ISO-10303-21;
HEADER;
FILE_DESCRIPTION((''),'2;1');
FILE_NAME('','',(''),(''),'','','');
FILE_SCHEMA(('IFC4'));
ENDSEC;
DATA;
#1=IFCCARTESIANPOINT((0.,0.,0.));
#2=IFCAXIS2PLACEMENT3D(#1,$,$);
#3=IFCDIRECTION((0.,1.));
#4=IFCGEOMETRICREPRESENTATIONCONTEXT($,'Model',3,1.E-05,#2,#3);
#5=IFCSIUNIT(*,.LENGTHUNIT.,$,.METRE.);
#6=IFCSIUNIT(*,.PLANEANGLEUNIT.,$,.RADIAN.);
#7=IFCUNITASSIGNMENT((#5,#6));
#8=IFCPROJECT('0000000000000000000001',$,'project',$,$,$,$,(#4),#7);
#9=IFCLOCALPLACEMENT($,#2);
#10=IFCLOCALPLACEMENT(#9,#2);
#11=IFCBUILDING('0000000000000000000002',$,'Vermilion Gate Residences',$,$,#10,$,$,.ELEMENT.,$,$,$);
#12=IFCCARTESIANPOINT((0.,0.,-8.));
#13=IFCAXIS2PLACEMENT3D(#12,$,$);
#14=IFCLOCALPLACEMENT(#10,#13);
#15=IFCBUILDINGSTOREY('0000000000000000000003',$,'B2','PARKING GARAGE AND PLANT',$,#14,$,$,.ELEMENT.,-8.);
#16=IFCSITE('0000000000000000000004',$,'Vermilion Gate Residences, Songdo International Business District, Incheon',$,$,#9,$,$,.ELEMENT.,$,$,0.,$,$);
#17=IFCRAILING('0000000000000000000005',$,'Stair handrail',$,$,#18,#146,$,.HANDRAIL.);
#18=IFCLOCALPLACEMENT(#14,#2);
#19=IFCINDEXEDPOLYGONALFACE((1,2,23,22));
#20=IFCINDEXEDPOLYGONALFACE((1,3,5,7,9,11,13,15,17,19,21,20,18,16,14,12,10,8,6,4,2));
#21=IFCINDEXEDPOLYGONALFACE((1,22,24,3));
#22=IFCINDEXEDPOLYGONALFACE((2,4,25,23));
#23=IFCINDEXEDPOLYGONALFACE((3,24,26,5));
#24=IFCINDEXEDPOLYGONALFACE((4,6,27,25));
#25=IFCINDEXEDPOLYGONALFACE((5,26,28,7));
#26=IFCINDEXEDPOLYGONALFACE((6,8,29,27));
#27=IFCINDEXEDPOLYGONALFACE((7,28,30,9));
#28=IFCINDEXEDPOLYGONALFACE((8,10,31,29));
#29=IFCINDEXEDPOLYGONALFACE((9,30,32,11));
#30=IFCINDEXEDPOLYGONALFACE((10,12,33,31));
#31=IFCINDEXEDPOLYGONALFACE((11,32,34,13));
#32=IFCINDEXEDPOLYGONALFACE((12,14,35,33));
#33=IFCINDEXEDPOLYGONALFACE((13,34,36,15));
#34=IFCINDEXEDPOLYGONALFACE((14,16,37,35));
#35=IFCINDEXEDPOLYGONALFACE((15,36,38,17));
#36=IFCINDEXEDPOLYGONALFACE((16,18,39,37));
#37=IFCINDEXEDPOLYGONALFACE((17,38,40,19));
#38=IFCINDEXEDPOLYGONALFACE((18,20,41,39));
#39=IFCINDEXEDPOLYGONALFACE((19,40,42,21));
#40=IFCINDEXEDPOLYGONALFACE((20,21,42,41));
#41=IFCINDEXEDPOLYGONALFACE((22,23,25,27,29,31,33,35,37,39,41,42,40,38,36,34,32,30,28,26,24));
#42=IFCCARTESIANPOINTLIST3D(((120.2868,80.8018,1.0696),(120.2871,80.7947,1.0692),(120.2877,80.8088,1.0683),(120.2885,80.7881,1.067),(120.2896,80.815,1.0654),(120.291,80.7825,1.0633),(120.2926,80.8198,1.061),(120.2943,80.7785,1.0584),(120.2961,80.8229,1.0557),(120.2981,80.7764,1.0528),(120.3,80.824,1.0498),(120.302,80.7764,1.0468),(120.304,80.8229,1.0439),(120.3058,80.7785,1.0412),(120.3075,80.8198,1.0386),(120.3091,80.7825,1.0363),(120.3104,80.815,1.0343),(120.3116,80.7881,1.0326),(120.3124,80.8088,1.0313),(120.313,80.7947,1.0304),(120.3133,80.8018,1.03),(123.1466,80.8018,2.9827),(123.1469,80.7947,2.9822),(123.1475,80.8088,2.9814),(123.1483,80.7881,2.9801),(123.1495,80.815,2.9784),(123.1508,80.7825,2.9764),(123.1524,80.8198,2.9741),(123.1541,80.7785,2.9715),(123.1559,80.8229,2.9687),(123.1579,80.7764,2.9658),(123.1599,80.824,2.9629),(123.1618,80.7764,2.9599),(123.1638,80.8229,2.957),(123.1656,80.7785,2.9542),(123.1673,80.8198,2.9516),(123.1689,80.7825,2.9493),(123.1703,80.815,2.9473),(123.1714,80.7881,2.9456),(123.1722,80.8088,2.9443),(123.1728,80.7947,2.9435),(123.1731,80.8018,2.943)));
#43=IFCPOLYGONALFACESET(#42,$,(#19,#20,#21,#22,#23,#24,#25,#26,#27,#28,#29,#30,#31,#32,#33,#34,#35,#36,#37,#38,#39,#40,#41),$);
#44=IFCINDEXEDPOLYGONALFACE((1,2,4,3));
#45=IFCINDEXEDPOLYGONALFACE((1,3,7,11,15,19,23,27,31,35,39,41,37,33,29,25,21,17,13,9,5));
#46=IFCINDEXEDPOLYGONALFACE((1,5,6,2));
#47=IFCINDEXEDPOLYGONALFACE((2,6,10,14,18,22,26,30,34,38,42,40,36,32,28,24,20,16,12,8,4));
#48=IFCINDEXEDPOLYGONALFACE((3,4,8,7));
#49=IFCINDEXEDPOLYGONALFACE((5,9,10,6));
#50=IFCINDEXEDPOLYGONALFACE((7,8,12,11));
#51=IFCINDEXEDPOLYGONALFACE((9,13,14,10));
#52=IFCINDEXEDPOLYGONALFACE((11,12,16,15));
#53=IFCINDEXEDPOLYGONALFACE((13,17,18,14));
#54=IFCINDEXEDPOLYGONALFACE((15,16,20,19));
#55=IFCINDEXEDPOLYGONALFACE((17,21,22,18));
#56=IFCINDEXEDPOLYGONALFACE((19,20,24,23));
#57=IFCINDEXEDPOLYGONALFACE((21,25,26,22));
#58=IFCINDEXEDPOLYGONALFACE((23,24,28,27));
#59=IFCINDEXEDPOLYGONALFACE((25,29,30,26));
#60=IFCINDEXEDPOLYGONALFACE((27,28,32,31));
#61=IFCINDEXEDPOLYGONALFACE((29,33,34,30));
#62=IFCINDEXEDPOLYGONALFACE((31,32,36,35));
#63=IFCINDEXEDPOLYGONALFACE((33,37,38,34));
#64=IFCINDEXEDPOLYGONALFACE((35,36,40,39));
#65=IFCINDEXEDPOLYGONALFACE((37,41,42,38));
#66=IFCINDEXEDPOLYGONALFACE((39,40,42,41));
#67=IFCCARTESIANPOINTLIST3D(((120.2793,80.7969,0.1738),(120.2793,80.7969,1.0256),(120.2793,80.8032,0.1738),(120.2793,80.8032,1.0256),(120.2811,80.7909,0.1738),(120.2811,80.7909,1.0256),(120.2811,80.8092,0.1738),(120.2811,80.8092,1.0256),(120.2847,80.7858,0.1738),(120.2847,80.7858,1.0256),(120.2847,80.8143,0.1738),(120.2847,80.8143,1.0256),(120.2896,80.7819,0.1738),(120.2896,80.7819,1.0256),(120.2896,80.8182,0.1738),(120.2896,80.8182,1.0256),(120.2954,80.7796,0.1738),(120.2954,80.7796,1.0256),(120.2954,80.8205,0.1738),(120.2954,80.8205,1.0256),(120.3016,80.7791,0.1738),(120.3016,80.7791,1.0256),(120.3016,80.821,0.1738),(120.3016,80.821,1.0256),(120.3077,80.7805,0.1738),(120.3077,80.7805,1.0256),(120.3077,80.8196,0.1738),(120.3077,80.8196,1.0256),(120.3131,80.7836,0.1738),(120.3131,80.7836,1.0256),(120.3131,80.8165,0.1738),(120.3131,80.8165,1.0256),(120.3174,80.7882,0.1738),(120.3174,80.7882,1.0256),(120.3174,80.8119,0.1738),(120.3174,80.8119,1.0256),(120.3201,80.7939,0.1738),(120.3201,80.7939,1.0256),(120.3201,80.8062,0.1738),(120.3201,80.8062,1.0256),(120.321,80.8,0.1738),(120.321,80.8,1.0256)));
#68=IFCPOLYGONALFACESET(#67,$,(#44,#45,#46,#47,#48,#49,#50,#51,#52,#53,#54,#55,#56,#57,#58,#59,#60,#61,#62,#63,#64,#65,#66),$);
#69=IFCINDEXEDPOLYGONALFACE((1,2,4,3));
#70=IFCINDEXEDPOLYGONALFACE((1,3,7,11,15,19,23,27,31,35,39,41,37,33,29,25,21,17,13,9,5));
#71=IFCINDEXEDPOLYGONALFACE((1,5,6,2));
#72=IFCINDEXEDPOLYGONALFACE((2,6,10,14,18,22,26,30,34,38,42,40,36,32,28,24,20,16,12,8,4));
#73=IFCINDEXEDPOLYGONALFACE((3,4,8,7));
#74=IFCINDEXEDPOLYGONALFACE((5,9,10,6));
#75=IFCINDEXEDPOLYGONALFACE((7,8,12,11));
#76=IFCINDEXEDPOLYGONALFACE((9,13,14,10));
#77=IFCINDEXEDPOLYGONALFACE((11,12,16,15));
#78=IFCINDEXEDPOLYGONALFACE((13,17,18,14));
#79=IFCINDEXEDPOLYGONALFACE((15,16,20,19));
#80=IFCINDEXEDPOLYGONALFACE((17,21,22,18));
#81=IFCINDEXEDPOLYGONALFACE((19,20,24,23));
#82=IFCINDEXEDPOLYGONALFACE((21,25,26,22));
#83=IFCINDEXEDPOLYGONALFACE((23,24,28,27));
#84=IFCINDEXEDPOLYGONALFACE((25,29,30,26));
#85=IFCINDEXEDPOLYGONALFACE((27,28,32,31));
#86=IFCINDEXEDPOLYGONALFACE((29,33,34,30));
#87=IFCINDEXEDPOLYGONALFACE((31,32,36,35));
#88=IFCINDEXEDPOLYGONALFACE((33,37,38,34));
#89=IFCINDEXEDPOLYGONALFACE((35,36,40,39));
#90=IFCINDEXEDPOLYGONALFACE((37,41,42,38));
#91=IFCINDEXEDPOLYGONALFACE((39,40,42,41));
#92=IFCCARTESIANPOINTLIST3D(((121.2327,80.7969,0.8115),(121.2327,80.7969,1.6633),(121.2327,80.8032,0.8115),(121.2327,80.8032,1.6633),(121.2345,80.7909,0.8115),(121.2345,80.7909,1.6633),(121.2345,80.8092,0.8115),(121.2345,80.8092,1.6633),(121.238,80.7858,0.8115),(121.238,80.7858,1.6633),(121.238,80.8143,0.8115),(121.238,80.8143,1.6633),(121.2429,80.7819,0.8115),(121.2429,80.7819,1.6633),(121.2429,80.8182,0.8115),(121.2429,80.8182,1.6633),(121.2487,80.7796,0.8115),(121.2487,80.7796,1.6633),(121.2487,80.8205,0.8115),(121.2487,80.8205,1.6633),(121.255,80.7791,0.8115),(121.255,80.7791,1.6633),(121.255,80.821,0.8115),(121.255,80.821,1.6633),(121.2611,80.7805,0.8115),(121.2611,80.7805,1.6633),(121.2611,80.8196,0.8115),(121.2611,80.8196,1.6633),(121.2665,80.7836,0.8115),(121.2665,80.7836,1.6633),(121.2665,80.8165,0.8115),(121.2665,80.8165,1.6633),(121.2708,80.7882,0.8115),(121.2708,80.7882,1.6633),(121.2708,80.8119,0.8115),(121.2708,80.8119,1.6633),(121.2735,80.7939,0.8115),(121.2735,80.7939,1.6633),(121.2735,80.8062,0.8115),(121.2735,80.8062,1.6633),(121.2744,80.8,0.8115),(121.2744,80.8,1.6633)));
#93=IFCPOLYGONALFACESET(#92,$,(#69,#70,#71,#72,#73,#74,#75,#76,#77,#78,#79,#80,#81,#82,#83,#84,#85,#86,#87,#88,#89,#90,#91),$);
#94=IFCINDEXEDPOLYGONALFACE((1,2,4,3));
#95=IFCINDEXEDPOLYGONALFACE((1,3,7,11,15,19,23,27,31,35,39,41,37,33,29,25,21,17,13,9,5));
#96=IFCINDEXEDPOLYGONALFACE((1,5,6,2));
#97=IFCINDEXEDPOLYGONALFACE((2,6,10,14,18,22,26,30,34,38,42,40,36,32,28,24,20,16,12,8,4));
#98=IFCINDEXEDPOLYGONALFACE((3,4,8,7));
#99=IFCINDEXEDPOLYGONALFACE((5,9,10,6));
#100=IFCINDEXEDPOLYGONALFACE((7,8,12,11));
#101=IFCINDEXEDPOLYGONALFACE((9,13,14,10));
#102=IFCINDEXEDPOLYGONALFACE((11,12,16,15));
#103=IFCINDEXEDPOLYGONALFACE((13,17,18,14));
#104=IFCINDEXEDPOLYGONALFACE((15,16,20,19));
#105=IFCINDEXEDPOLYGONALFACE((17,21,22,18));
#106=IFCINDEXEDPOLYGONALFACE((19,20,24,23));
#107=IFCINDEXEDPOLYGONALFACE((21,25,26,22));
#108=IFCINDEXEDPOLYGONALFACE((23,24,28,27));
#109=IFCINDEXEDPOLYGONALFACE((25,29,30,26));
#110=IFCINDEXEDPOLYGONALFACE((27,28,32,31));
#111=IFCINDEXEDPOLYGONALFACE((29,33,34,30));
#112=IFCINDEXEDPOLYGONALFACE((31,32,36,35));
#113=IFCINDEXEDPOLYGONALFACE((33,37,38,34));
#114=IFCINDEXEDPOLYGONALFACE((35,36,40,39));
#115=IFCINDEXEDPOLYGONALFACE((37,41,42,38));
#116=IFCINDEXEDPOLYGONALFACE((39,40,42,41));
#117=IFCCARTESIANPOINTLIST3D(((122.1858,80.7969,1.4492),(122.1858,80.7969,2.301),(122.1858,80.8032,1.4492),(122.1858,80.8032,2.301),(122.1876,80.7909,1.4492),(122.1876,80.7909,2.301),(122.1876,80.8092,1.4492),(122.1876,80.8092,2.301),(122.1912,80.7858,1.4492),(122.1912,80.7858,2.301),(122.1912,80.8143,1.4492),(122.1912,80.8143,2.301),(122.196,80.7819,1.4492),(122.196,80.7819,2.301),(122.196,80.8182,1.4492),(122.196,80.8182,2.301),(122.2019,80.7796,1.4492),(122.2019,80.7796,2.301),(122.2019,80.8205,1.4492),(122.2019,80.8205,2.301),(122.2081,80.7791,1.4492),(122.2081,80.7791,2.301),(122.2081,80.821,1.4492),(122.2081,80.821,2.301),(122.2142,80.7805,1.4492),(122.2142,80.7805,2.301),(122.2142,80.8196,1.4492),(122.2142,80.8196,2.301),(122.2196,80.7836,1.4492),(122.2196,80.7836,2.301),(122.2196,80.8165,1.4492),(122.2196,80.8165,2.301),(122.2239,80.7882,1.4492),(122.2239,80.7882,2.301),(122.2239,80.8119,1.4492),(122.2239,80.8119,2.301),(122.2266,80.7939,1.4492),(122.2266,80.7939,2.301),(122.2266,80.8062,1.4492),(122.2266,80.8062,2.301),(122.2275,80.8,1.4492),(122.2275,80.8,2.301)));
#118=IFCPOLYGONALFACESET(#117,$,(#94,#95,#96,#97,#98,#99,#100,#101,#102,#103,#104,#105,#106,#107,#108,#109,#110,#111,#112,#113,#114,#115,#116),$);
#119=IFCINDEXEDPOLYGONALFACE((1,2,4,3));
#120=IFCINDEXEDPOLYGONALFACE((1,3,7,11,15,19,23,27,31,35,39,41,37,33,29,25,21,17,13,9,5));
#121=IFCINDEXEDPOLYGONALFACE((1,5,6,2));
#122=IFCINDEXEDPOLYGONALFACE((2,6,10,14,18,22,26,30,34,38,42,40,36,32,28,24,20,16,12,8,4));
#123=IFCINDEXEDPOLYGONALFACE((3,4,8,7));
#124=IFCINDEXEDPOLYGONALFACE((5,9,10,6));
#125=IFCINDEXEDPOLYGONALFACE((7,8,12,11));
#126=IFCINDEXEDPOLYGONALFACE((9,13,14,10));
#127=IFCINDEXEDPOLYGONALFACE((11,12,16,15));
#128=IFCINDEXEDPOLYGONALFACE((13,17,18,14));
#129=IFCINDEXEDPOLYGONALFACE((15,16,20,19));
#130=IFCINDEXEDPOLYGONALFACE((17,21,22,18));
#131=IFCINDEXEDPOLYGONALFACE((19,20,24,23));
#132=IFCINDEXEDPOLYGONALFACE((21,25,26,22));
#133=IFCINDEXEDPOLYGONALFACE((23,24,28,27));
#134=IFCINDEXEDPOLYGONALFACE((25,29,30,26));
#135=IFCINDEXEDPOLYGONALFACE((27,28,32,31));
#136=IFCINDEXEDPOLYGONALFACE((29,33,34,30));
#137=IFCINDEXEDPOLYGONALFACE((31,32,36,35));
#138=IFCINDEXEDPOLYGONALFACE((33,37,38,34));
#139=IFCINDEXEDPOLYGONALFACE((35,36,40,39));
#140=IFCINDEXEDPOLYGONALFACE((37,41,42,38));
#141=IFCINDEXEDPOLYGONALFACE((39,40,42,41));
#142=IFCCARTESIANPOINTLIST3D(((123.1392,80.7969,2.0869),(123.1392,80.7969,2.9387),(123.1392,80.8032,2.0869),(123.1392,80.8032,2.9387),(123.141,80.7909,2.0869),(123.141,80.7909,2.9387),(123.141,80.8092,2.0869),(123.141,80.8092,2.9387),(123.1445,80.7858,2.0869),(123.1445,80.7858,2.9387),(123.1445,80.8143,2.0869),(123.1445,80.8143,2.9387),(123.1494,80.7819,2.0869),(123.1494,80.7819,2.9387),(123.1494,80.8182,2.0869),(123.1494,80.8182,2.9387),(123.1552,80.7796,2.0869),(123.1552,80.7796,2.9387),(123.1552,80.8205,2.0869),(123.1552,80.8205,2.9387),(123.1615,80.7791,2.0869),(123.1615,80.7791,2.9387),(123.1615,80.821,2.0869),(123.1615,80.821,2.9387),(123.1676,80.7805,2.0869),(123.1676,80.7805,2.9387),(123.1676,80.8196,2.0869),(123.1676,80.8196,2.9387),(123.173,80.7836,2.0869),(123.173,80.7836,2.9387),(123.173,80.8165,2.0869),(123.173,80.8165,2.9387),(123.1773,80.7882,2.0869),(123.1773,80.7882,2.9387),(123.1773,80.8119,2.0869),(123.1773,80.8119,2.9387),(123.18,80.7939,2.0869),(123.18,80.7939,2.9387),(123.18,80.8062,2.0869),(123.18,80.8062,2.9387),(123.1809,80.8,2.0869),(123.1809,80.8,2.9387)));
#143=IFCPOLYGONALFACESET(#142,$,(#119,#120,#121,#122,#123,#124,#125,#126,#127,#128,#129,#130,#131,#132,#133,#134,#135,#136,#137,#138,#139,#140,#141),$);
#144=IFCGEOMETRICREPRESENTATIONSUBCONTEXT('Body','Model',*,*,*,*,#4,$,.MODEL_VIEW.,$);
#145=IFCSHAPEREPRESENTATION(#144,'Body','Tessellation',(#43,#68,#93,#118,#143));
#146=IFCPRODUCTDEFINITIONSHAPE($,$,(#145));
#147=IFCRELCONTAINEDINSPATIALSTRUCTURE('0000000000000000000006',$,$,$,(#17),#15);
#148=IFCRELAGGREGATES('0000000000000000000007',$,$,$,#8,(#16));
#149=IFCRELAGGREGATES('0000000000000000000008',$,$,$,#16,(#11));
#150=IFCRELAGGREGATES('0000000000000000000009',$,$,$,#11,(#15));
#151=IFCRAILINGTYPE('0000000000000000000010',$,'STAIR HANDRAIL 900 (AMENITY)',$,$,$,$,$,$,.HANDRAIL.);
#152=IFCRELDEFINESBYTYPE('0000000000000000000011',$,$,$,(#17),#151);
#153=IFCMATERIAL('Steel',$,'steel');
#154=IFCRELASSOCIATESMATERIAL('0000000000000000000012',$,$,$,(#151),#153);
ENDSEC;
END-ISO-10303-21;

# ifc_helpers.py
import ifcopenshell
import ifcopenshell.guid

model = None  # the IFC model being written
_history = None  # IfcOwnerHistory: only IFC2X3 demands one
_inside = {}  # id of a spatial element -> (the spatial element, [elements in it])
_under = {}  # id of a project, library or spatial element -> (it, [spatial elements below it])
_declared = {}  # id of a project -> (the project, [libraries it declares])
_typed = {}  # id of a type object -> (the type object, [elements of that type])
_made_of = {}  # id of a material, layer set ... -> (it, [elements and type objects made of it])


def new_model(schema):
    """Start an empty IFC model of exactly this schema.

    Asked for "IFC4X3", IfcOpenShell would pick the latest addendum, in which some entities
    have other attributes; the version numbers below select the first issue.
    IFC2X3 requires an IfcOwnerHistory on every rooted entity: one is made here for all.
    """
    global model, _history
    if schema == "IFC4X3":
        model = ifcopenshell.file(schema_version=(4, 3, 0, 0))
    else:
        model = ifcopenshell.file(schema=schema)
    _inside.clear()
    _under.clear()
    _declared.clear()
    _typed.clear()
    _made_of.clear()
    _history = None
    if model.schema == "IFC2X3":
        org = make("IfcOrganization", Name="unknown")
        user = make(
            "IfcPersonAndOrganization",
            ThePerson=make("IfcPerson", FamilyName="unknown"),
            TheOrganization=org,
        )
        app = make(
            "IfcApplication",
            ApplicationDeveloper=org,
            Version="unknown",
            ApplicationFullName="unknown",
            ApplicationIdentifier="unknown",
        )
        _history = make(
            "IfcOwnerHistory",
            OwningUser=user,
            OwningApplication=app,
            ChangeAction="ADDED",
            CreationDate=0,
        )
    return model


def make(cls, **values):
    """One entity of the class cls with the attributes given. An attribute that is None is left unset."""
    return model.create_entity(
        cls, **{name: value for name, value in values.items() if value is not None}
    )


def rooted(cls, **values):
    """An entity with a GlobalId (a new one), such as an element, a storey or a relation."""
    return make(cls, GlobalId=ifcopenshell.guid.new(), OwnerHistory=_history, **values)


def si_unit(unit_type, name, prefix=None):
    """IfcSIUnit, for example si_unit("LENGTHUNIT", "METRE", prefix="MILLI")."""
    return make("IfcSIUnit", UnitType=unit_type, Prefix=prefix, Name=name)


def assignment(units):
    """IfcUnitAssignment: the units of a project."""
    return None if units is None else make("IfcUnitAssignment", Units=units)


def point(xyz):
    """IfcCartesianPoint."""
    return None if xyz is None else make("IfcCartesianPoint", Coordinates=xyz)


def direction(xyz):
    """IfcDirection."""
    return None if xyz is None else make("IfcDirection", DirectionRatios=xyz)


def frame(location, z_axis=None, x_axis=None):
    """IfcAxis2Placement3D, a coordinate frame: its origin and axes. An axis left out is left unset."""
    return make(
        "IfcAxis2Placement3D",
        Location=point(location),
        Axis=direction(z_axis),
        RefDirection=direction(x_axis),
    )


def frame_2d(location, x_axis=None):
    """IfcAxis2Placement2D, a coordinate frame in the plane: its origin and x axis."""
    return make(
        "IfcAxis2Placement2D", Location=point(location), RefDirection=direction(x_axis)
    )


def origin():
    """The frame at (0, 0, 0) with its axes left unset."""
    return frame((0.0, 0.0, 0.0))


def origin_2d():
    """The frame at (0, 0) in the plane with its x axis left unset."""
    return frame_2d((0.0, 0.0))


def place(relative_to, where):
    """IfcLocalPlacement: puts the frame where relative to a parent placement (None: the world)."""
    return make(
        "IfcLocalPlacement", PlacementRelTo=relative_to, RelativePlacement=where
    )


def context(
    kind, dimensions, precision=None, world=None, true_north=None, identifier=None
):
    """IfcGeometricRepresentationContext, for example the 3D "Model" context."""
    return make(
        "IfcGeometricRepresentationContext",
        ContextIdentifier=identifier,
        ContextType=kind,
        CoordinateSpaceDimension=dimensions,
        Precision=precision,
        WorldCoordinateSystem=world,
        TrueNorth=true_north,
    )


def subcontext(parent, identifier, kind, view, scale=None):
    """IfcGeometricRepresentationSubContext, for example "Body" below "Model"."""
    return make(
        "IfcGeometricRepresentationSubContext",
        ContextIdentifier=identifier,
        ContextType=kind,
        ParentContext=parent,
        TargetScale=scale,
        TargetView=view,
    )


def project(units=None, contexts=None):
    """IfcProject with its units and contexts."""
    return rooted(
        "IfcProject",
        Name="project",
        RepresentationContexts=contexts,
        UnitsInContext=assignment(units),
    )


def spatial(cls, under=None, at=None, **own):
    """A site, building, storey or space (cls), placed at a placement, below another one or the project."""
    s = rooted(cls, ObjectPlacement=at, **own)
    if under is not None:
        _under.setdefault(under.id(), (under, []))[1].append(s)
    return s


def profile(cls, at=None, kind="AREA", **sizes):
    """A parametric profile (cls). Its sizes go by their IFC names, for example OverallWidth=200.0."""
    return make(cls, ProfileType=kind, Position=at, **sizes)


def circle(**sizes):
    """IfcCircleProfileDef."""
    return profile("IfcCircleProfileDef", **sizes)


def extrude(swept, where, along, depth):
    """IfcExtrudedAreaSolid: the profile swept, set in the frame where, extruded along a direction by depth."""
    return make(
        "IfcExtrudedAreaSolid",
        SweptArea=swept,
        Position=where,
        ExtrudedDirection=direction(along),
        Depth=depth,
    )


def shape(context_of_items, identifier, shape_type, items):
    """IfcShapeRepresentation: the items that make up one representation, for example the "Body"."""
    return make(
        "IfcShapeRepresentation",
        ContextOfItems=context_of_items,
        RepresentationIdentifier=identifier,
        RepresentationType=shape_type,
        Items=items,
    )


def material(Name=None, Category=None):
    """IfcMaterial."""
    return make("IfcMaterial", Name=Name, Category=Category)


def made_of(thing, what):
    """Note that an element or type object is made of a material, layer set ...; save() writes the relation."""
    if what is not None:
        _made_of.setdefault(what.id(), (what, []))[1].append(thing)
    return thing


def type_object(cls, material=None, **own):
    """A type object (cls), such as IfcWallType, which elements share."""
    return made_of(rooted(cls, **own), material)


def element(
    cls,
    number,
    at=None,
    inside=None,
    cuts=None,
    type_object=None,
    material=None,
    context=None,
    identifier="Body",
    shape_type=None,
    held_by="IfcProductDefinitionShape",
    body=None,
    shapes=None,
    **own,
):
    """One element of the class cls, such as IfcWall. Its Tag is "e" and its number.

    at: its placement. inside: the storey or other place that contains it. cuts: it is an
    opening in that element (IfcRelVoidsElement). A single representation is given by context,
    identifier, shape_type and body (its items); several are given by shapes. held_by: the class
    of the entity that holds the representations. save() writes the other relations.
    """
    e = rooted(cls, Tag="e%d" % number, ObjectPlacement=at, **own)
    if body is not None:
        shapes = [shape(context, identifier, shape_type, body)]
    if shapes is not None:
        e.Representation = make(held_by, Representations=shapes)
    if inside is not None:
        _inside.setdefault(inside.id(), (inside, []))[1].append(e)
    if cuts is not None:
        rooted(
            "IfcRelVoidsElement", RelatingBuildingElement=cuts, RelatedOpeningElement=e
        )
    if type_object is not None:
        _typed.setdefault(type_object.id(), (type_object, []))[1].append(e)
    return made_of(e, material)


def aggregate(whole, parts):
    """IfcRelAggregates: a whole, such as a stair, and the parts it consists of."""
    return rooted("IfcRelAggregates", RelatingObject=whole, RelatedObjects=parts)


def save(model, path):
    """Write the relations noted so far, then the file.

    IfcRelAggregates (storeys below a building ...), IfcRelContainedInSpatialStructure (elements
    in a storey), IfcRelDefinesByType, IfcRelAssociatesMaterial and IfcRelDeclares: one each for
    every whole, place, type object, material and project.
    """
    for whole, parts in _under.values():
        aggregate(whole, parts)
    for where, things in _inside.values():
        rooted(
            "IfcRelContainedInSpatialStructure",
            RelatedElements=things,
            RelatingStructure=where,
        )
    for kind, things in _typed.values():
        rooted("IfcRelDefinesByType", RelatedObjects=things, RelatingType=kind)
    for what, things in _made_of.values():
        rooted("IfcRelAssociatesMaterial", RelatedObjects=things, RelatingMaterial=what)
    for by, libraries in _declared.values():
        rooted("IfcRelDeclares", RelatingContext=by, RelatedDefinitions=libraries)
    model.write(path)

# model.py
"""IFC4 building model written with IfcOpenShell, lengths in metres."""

from ifc_helpers import new_model, si_unit, direction, frame, origin, origin_2d, place, context, subcontext, project, spatial, circle, extrude, material, type_object, element, save


model = new_model("IFC4")

# Units and contexts
model_context = context("Model", 3, precision=1e-05, world=origin(), true_north=direction((0.0, 1.0)))
body_context = subcontext(model_context, "Body", "Model", "MODEL_VIEW")
ifc_project = project(units=[si_unit("LENGTHUNIT", "METRE"), si_unit("PLANEANGLEUNIT", "RADIAN")], contexts=[model_context])

# Site, building, storey
site_placement = place(None, origin())
site = spatial("IfcSite", under=ifc_project, at=site_placement, Name="Vermilion Gate Residences, Songdo International Business District, Incheon", CompositionType="ELEMENT", RefElevation=0.0)
building_placement = place(site_placement, origin())
building = spatial("IfcBuilding", under=site, at=building_placement, Name="Vermilion Gate Residences", CompositionType="ELEMENT")
storey_placement = place(building_placement, frame((0.0, 0.0, -8.0)))
storey = spatial("IfcBuildingStorey", under=building, at=storey_placement, Name="B2", Description="PARKING GARAGE AND PLANT", CompositionType="ELEMENT", Elevation=-8.0)

# Railing
ifc_material_1 = material(Name="Steel", Category="steel")
railing_type = type_object("IfcRailingType", Name="STAIR HANDRAIL 900 (AMENITY)", PredefinedType="HANDRAIL", material=ifc_material_1)
railing_1_placement = place(storey_placement, frame((120.3, 80.8, 0.1738)))
element("IfcRailing", 1, at=railing_1_placement, inside=storey, type_object=railing_type, Name="Stair handrail", PredefinedType="HANDRAIL", context=body_context, shape_type="SweptSolid", body=[
    extrude(circle(Radius=0.0239, at=origin_2d()), frame((0.0, 0.0, 0.876), z_axis=(0.831176, 0.0, 0.556009), x_axis=(0.0, 1.0, 0.0)), (0.0, 0.0, 1.0), 3.4407),
    extrude(circle(Radius=0.021, at=origin_2d()), origin(), (0.0, 0.0, 1.0), 0.8518),
    extrude(circle(Radius=0.021, at=origin_2d()), frame((0.9534, 0.0, 0.6377)), (0.0, 0.0, 1.0), 0.8518),
    extrude(circle(Radius=0.021, at=origin_2d()), frame((1.9065, 0.0, 1.2754)), (0.0, 0.0, 1.0), 0.8518),
    extrude(circle(Radius=0.021, at=origin_2d()), frame((2.8599, 0.0, 1.9131)), (0.0, 0.0, 1.0), 0.8518),
])

save(model, "model.ifc")
